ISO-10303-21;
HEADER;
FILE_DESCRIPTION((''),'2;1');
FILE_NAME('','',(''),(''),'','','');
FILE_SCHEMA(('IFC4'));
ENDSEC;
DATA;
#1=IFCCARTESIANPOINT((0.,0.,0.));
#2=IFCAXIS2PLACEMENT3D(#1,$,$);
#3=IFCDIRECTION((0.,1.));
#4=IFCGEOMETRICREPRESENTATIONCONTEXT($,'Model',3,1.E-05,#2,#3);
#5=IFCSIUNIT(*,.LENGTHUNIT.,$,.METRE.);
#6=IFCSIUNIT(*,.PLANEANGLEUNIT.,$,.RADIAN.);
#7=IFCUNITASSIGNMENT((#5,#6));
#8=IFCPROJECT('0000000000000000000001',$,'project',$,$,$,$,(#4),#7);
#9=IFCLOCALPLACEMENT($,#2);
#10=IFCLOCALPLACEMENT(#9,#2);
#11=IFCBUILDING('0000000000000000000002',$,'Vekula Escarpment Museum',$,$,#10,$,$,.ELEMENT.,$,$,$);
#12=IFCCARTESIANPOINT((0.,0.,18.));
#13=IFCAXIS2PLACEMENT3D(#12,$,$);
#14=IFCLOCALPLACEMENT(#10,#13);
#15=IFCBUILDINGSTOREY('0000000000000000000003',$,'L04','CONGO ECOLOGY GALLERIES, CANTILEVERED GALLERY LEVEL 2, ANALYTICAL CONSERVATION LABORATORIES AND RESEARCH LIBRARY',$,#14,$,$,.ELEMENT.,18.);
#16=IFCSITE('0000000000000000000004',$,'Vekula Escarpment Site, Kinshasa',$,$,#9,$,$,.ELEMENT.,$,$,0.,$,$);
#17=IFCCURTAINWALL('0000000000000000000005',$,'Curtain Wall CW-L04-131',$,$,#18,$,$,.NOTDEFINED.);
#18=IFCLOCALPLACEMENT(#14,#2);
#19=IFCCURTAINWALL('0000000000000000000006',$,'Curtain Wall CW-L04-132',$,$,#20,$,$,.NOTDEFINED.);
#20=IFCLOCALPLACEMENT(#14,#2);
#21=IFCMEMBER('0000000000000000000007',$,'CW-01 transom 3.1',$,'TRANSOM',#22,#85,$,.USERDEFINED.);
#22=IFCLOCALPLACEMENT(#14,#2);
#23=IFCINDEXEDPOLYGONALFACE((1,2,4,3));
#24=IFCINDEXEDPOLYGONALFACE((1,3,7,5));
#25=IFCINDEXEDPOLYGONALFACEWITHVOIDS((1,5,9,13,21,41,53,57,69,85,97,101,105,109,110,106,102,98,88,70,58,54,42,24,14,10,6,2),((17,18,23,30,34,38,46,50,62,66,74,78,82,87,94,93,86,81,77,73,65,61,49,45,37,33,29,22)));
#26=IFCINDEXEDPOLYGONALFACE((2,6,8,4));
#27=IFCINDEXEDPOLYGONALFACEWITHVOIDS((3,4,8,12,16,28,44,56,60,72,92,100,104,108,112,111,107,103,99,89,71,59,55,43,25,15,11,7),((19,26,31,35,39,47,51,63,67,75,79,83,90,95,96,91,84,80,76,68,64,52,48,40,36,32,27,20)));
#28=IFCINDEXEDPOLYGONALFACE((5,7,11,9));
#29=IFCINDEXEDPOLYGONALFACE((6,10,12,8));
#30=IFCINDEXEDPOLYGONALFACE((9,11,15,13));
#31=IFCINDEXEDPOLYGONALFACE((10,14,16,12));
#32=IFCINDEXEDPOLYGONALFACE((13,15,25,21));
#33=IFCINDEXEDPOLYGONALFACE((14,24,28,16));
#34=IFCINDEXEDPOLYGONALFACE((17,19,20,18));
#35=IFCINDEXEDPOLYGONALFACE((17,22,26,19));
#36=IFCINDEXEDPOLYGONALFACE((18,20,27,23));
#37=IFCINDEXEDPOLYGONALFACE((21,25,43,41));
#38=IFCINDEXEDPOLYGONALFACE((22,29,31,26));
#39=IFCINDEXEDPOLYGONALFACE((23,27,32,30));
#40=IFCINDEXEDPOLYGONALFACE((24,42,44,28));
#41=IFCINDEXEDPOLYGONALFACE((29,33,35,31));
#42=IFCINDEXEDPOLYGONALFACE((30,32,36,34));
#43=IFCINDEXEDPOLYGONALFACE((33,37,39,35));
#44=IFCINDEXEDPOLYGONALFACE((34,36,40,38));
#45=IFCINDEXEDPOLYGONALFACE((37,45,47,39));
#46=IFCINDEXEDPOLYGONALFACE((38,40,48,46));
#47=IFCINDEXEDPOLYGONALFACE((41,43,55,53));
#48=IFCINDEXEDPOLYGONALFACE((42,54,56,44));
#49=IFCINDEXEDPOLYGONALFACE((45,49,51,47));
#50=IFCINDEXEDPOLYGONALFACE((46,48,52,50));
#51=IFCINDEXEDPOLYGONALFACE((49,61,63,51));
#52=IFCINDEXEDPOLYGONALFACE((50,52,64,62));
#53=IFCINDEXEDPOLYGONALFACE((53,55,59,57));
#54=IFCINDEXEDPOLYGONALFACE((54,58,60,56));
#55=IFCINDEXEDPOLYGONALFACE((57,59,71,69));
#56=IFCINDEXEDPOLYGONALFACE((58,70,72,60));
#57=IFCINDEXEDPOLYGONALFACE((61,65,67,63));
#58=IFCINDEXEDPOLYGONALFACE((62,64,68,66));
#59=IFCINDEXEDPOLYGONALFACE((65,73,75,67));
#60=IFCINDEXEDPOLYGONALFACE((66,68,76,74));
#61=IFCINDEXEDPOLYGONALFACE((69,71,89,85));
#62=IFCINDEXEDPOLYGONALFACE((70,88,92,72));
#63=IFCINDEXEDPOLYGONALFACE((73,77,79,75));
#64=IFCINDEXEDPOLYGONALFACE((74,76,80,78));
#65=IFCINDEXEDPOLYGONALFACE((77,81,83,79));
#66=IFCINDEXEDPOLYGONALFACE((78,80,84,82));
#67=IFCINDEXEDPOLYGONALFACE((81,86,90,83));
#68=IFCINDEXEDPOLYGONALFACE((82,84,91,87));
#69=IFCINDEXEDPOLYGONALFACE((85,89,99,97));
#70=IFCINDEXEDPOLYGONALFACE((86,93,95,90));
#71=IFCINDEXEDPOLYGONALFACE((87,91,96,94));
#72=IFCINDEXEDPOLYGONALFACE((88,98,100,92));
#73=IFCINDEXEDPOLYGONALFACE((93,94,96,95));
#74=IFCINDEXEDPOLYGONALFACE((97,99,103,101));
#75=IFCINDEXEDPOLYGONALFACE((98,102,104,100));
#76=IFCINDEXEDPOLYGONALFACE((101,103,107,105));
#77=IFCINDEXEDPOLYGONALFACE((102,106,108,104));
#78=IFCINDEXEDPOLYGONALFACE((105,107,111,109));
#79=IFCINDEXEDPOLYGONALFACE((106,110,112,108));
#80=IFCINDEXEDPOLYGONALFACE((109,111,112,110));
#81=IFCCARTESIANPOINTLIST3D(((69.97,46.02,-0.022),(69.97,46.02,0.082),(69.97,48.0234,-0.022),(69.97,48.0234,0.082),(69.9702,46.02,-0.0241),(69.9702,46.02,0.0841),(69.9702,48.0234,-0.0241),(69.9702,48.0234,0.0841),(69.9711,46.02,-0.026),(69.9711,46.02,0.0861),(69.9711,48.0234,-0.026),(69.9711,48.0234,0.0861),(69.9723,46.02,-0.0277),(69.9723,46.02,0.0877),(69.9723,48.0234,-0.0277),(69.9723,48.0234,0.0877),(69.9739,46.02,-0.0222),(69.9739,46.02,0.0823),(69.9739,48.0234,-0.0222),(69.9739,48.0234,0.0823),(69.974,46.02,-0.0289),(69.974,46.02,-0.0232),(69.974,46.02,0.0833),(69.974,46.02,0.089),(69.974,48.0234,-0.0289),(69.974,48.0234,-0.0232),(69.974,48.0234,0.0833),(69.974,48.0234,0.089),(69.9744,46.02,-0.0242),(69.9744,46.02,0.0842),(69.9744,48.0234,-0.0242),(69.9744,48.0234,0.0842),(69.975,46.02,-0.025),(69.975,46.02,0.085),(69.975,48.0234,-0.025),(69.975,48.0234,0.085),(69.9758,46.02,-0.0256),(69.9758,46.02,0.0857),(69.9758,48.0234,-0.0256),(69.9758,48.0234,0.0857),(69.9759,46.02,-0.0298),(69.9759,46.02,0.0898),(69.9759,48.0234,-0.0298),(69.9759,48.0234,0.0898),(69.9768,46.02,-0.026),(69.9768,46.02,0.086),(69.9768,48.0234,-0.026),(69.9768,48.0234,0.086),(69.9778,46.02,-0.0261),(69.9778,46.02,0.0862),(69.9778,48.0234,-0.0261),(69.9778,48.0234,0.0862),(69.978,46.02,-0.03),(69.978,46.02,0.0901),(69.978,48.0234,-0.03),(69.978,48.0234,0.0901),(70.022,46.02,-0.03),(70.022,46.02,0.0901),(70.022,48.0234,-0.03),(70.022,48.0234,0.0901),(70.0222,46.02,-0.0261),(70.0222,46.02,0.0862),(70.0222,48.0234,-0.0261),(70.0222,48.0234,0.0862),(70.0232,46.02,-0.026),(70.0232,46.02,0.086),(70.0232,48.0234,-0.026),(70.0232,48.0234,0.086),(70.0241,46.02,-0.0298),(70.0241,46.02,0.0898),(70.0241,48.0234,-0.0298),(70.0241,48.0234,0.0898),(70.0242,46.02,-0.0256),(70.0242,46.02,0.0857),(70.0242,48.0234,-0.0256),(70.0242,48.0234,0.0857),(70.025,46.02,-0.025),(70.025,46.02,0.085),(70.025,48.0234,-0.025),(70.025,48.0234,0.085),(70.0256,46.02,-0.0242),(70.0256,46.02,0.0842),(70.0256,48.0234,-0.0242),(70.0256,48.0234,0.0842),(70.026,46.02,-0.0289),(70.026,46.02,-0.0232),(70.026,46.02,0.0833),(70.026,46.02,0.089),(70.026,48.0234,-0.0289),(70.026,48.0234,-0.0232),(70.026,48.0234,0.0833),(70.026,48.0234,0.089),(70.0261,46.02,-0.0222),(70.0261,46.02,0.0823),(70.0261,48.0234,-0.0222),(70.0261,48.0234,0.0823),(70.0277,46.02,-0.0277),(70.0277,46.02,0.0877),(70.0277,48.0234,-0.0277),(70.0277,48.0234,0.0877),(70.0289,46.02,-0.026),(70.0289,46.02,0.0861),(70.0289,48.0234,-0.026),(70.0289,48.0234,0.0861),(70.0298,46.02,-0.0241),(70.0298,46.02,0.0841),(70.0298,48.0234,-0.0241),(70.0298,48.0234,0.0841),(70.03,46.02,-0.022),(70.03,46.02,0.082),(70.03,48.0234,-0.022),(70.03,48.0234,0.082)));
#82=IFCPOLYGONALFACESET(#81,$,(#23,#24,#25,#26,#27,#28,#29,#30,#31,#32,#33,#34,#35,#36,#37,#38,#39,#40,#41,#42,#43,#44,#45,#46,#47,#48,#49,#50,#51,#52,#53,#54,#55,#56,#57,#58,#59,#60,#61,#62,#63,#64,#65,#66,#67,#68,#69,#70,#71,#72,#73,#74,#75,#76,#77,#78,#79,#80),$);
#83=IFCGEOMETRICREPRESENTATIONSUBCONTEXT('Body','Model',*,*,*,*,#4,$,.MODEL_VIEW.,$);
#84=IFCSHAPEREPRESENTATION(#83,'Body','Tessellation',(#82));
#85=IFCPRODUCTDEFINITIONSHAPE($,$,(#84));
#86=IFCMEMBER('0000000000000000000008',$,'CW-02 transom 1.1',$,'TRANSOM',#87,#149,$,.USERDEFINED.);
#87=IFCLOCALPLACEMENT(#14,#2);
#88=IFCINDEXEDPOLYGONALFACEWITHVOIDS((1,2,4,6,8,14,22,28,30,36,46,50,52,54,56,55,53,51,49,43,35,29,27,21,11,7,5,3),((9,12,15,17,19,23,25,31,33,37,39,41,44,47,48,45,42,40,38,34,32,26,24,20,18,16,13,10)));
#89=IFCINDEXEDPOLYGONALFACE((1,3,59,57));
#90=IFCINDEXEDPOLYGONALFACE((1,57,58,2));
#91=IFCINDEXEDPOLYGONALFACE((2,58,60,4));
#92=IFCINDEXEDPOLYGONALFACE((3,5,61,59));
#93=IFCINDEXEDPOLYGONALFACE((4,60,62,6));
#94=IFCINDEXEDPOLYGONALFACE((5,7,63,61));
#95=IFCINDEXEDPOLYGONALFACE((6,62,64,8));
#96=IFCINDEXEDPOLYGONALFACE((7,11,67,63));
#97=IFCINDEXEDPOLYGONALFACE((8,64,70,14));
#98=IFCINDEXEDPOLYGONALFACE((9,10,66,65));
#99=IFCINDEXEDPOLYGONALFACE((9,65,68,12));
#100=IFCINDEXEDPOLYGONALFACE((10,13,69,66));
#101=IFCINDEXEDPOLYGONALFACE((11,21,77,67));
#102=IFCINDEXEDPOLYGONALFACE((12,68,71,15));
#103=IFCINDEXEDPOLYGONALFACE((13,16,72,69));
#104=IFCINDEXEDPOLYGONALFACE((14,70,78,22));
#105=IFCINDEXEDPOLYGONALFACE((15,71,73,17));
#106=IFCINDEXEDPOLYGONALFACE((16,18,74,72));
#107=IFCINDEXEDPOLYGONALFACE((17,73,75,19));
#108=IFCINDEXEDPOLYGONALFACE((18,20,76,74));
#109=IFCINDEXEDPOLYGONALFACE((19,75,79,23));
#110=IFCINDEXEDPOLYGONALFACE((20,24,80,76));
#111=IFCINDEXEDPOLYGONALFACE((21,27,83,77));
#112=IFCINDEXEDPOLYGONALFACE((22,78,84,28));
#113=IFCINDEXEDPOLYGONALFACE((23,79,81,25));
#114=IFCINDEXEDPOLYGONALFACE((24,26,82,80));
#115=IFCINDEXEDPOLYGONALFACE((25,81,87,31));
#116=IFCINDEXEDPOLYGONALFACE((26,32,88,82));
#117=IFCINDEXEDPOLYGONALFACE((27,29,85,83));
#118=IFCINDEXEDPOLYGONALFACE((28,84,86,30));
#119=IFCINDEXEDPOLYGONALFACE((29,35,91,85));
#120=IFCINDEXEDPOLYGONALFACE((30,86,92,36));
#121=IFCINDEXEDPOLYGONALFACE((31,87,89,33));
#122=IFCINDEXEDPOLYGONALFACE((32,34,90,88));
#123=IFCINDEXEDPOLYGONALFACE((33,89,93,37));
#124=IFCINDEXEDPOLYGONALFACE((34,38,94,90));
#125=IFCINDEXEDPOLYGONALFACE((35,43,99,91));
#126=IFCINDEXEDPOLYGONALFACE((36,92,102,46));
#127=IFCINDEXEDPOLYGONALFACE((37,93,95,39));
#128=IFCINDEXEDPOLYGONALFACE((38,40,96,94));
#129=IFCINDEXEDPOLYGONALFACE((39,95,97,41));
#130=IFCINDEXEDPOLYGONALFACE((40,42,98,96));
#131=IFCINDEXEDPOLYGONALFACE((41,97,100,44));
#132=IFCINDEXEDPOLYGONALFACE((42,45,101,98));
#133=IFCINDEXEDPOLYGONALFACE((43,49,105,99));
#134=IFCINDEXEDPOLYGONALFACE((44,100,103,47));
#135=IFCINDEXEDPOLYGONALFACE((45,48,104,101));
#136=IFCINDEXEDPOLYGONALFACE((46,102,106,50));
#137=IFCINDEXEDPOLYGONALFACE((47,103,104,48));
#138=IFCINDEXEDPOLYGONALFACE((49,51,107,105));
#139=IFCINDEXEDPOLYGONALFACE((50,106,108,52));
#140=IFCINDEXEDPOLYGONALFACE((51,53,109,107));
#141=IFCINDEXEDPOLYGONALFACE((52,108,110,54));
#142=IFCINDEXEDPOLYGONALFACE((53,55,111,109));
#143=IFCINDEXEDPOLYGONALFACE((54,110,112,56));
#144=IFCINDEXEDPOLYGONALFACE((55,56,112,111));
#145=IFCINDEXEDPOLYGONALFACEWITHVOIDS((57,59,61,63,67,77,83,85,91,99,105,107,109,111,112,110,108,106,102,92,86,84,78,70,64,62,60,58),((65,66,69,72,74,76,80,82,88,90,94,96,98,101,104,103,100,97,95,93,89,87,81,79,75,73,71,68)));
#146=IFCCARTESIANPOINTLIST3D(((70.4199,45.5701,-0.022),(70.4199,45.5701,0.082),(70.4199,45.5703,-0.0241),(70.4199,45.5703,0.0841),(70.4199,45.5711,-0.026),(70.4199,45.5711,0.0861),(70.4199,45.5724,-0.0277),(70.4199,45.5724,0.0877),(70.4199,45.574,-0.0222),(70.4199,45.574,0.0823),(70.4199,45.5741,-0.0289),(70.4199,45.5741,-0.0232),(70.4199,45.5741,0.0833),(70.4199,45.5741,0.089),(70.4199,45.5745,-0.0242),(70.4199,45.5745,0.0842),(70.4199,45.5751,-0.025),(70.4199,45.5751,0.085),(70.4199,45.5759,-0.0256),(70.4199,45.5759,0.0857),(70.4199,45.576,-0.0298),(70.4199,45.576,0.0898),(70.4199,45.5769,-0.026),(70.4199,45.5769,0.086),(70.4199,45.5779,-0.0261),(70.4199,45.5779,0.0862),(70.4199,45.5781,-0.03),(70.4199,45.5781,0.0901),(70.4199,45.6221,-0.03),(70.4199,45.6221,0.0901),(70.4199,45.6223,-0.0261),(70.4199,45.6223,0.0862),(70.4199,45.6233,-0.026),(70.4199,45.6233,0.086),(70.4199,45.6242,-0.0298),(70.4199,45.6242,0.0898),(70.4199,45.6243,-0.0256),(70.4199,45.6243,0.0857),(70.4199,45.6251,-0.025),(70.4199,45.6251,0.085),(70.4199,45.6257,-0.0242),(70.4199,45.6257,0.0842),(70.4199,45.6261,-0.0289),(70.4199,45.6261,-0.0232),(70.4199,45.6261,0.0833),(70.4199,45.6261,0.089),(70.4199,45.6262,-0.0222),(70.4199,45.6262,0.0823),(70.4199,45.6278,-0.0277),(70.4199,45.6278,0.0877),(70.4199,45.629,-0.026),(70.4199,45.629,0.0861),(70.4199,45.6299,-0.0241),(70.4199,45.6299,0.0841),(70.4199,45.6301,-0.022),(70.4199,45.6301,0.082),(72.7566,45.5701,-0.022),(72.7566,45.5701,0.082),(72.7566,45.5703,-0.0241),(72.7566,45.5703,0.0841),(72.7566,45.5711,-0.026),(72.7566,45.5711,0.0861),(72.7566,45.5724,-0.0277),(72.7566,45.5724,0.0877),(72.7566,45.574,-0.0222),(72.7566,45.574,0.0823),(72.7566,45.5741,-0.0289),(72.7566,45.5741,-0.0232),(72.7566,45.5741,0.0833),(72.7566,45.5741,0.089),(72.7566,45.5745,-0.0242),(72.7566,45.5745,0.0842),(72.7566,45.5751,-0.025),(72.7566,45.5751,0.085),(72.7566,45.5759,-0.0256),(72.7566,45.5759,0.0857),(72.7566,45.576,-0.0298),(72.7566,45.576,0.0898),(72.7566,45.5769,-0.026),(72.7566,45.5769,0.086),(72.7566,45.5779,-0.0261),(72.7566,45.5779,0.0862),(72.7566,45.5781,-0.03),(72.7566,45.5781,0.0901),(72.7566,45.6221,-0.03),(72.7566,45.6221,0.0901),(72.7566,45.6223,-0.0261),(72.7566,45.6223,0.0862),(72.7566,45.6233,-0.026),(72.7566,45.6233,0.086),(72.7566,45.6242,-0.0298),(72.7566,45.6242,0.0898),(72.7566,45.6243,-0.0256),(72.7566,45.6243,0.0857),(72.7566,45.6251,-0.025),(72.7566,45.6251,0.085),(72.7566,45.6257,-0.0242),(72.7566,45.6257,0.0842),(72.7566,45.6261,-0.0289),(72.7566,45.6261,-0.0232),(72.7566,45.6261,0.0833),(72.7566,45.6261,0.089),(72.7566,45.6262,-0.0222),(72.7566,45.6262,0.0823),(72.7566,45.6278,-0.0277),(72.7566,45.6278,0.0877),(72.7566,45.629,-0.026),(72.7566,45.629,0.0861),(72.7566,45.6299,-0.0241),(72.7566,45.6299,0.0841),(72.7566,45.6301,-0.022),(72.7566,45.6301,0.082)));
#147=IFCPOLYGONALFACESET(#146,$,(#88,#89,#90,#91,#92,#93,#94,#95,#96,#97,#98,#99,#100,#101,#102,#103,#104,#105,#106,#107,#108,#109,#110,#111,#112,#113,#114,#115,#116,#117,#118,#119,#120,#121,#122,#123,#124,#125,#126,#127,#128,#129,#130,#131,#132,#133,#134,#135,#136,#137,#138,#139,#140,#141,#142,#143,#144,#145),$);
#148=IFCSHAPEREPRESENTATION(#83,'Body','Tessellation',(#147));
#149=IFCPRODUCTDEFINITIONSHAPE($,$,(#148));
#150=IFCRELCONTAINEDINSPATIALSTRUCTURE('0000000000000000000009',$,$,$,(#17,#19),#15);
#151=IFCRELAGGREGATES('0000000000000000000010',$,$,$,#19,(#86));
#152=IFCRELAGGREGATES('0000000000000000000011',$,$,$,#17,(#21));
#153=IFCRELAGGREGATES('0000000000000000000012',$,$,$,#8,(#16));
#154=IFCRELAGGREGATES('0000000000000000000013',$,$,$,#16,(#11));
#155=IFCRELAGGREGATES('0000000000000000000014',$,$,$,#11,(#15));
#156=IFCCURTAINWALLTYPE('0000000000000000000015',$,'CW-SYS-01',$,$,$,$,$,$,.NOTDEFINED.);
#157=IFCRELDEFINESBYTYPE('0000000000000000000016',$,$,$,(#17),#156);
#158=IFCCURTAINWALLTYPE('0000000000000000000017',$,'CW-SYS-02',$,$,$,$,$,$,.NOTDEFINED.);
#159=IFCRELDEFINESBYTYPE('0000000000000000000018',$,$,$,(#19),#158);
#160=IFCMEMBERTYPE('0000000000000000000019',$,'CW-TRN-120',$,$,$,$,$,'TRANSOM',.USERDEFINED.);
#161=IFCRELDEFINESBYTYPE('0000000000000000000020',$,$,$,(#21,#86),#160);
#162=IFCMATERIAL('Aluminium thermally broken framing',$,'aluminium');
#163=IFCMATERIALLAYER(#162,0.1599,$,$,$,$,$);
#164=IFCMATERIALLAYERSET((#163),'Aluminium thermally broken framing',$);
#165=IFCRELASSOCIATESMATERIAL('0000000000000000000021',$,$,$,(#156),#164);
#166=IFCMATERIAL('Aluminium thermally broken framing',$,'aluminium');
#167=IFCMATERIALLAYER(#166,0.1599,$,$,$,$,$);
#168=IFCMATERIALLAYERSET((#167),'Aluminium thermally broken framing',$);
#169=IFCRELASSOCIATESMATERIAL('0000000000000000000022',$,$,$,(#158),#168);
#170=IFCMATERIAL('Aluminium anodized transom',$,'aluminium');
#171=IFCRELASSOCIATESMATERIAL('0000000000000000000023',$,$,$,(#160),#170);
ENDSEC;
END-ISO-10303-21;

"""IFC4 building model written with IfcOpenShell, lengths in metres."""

from ifc_helpers import new_model, si_unit, direction, frame, origin, origin_2d, place, context, subcontext, project, spatial, hollow_rectangle, extrude, material, layer, layer_set, material_profile, profile_set, type_object, element, aggregate, save


model = new_model("IFC4")

# Units and contexts
model_context = context("Model", 3, precision=1e-05, world=origin(), true_north=direction((0.0, 1.0)))
body_context = subcontext(model_context, "Body", "Model", "MODEL_VIEW")
ifc_project = project(units=[si_unit("LENGTHUNIT", "METRE"), si_unit("PLANEANGLEUNIT", "RADIAN")], contexts=[model_context])

# Site, building, storey
site_placement = place(None, origin())
site = spatial("IfcSite", under=ifc_project, at=site_placement, Name="Vekula Escarpment Site, Kinshasa", CompositionType="ELEMENT", RefElevation=0.0)
building_placement = place(site_placement, origin())
building = spatial("IfcBuilding", under=site, at=building_placement, Name="Vekula Escarpment Museum", CompositionType="ELEMENT")
storey_placement = place(building_placement, frame((0.0, 0.0, 18.0)))
storey = spatial("IfcBuildingStorey", under=building, at=storey_placement, Name="L04", Description="CONGO ECOLOGY GALLERIES, CANTILEVERED GALLERY LEVEL 2, ANALYTICAL CONSERVATION LABORATORIES AND RESEARCH LIBRARY", CompositionType="ELEMENT", Elevation=18.0)

# Curtain wall
ifc_material_1 = material(Name="Aluminium thermally broken framing", Category="aluminium")
ifc_layer_1 = layer(ifc_material_1, 0.1599)
ifc_layer_set_1 = layer_set([ifc_layer_1], Name="Aluminium thermally broken framing")
curtain_wall_type_1 = type_object("IfcCurtainWallType", Name="CW-SYS-01", PredefinedType="NOTDEFINED", material=ifc_layer_set_1)
curtain_wall_1_placement = place(storey_placement, origin())
curtain_wall_1 = element("IfcCurtainWall", 1, at=curtain_wall_1_placement, inside=storey, type_object=curtain_wall_type_1, Name="Curtain Wall CW-L04-131", PredefinedType="NOTDEFINED")

# Curtain wall
ifc_material_2 = material(Name="Aluminium thermally broken framing", Category="aluminium")
ifc_layer_2 = layer(ifc_material_2, 0.1599)
ifc_layer_set_2 = layer_set([ifc_layer_2], Name="Aluminium thermally broken framing")
curtain_wall_type_2 = type_object("IfcCurtainWallType", Name="CW-SYS-02", PredefinedType="NOTDEFINED", material=ifc_layer_set_2)
curtain_wall_2_placement = place(storey_placement, origin())
curtain_wall_2 = element("IfcCurtainWall", 2, at=curtain_wall_2_placement, inside=storey, type_object=curtain_wall_type_2, Name="Curtain Wall CW-L04-132", PredefinedType="NOTDEFINED")

# Members
ifc_material_3 = material(Name="Aluminium anodized transom", Category="aluminium")
ifc_material_profile_1 = material_profile(ifc_material_3, hollow_rectangle(XDim=0.0601, YDim=0.1201, WallThickness=0.0039, InnerFilletRadius=0.0039, OuterFilletRadius=0.0081, at=origin_2d()), Name="ALU 120x60x4")
ifc_profile_set_1 = profile_set([ifc_material_profile_1], Name="Aluminium anodized transom")
member_type_1 = type_object("IfcMemberType", Name="CW-TRN-120", ElementType="TRANSOM", PredefinedType="USERDEFINED", material=ifc_profile_set_1)
member_1_placement = place(storey_placement, frame((70.0, 48.0234, 0.03), z_axis=(0.0, -1.0, 0.0), x_axis=(1.0, 0.0, 0.0)))
member_1 = element("IfcMember", 3, at=member_1_placement, type_object=member_type_1, Name="CW-01 transom 3.1", ObjectType="TRANSOM", PredefinedType="USERDEFINED", context=body_context, shape_type="SweptSolid", body=[
    extrude(hollow_rectangle(XDim=0.0601, YDim=0.1201, WallThickness=0.0039, InnerFilletRadius=0.0039, OuterFilletRadius=0.0081, at=origin_2d()), origin(), (0.0, 0.0, 1.0), 2.0034),
])
member_2_placement = place(storey_placement, frame((70.4199, 45.6001, 0.03), z_axis=(1.0, 0.0, 0.0), x_axis=(0.0, 1.0, 0.0)))
member_2 = element("IfcMember", 4, at=member_2_placement, type_object=member_type_1, Name="CW-02 transom 1.1", ObjectType="TRANSOM", PredefinedType="USERDEFINED", context=body_context, shape_type="SweptSolid", body=[
    extrude(hollow_rectangle(XDim=0.0601, YDim=0.1201, WallThickness=0.0039, InnerFilletRadius=0.0039, OuterFilletRadius=0.0081, at=origin_2d()), origin(), (0.0, 0.0, 1.0), 2.3367),
])

aggregate(curtain_wall_2, [member_2])
aggregate(curtain_wall_1, [member_1])

save(model, "model.ifc")
